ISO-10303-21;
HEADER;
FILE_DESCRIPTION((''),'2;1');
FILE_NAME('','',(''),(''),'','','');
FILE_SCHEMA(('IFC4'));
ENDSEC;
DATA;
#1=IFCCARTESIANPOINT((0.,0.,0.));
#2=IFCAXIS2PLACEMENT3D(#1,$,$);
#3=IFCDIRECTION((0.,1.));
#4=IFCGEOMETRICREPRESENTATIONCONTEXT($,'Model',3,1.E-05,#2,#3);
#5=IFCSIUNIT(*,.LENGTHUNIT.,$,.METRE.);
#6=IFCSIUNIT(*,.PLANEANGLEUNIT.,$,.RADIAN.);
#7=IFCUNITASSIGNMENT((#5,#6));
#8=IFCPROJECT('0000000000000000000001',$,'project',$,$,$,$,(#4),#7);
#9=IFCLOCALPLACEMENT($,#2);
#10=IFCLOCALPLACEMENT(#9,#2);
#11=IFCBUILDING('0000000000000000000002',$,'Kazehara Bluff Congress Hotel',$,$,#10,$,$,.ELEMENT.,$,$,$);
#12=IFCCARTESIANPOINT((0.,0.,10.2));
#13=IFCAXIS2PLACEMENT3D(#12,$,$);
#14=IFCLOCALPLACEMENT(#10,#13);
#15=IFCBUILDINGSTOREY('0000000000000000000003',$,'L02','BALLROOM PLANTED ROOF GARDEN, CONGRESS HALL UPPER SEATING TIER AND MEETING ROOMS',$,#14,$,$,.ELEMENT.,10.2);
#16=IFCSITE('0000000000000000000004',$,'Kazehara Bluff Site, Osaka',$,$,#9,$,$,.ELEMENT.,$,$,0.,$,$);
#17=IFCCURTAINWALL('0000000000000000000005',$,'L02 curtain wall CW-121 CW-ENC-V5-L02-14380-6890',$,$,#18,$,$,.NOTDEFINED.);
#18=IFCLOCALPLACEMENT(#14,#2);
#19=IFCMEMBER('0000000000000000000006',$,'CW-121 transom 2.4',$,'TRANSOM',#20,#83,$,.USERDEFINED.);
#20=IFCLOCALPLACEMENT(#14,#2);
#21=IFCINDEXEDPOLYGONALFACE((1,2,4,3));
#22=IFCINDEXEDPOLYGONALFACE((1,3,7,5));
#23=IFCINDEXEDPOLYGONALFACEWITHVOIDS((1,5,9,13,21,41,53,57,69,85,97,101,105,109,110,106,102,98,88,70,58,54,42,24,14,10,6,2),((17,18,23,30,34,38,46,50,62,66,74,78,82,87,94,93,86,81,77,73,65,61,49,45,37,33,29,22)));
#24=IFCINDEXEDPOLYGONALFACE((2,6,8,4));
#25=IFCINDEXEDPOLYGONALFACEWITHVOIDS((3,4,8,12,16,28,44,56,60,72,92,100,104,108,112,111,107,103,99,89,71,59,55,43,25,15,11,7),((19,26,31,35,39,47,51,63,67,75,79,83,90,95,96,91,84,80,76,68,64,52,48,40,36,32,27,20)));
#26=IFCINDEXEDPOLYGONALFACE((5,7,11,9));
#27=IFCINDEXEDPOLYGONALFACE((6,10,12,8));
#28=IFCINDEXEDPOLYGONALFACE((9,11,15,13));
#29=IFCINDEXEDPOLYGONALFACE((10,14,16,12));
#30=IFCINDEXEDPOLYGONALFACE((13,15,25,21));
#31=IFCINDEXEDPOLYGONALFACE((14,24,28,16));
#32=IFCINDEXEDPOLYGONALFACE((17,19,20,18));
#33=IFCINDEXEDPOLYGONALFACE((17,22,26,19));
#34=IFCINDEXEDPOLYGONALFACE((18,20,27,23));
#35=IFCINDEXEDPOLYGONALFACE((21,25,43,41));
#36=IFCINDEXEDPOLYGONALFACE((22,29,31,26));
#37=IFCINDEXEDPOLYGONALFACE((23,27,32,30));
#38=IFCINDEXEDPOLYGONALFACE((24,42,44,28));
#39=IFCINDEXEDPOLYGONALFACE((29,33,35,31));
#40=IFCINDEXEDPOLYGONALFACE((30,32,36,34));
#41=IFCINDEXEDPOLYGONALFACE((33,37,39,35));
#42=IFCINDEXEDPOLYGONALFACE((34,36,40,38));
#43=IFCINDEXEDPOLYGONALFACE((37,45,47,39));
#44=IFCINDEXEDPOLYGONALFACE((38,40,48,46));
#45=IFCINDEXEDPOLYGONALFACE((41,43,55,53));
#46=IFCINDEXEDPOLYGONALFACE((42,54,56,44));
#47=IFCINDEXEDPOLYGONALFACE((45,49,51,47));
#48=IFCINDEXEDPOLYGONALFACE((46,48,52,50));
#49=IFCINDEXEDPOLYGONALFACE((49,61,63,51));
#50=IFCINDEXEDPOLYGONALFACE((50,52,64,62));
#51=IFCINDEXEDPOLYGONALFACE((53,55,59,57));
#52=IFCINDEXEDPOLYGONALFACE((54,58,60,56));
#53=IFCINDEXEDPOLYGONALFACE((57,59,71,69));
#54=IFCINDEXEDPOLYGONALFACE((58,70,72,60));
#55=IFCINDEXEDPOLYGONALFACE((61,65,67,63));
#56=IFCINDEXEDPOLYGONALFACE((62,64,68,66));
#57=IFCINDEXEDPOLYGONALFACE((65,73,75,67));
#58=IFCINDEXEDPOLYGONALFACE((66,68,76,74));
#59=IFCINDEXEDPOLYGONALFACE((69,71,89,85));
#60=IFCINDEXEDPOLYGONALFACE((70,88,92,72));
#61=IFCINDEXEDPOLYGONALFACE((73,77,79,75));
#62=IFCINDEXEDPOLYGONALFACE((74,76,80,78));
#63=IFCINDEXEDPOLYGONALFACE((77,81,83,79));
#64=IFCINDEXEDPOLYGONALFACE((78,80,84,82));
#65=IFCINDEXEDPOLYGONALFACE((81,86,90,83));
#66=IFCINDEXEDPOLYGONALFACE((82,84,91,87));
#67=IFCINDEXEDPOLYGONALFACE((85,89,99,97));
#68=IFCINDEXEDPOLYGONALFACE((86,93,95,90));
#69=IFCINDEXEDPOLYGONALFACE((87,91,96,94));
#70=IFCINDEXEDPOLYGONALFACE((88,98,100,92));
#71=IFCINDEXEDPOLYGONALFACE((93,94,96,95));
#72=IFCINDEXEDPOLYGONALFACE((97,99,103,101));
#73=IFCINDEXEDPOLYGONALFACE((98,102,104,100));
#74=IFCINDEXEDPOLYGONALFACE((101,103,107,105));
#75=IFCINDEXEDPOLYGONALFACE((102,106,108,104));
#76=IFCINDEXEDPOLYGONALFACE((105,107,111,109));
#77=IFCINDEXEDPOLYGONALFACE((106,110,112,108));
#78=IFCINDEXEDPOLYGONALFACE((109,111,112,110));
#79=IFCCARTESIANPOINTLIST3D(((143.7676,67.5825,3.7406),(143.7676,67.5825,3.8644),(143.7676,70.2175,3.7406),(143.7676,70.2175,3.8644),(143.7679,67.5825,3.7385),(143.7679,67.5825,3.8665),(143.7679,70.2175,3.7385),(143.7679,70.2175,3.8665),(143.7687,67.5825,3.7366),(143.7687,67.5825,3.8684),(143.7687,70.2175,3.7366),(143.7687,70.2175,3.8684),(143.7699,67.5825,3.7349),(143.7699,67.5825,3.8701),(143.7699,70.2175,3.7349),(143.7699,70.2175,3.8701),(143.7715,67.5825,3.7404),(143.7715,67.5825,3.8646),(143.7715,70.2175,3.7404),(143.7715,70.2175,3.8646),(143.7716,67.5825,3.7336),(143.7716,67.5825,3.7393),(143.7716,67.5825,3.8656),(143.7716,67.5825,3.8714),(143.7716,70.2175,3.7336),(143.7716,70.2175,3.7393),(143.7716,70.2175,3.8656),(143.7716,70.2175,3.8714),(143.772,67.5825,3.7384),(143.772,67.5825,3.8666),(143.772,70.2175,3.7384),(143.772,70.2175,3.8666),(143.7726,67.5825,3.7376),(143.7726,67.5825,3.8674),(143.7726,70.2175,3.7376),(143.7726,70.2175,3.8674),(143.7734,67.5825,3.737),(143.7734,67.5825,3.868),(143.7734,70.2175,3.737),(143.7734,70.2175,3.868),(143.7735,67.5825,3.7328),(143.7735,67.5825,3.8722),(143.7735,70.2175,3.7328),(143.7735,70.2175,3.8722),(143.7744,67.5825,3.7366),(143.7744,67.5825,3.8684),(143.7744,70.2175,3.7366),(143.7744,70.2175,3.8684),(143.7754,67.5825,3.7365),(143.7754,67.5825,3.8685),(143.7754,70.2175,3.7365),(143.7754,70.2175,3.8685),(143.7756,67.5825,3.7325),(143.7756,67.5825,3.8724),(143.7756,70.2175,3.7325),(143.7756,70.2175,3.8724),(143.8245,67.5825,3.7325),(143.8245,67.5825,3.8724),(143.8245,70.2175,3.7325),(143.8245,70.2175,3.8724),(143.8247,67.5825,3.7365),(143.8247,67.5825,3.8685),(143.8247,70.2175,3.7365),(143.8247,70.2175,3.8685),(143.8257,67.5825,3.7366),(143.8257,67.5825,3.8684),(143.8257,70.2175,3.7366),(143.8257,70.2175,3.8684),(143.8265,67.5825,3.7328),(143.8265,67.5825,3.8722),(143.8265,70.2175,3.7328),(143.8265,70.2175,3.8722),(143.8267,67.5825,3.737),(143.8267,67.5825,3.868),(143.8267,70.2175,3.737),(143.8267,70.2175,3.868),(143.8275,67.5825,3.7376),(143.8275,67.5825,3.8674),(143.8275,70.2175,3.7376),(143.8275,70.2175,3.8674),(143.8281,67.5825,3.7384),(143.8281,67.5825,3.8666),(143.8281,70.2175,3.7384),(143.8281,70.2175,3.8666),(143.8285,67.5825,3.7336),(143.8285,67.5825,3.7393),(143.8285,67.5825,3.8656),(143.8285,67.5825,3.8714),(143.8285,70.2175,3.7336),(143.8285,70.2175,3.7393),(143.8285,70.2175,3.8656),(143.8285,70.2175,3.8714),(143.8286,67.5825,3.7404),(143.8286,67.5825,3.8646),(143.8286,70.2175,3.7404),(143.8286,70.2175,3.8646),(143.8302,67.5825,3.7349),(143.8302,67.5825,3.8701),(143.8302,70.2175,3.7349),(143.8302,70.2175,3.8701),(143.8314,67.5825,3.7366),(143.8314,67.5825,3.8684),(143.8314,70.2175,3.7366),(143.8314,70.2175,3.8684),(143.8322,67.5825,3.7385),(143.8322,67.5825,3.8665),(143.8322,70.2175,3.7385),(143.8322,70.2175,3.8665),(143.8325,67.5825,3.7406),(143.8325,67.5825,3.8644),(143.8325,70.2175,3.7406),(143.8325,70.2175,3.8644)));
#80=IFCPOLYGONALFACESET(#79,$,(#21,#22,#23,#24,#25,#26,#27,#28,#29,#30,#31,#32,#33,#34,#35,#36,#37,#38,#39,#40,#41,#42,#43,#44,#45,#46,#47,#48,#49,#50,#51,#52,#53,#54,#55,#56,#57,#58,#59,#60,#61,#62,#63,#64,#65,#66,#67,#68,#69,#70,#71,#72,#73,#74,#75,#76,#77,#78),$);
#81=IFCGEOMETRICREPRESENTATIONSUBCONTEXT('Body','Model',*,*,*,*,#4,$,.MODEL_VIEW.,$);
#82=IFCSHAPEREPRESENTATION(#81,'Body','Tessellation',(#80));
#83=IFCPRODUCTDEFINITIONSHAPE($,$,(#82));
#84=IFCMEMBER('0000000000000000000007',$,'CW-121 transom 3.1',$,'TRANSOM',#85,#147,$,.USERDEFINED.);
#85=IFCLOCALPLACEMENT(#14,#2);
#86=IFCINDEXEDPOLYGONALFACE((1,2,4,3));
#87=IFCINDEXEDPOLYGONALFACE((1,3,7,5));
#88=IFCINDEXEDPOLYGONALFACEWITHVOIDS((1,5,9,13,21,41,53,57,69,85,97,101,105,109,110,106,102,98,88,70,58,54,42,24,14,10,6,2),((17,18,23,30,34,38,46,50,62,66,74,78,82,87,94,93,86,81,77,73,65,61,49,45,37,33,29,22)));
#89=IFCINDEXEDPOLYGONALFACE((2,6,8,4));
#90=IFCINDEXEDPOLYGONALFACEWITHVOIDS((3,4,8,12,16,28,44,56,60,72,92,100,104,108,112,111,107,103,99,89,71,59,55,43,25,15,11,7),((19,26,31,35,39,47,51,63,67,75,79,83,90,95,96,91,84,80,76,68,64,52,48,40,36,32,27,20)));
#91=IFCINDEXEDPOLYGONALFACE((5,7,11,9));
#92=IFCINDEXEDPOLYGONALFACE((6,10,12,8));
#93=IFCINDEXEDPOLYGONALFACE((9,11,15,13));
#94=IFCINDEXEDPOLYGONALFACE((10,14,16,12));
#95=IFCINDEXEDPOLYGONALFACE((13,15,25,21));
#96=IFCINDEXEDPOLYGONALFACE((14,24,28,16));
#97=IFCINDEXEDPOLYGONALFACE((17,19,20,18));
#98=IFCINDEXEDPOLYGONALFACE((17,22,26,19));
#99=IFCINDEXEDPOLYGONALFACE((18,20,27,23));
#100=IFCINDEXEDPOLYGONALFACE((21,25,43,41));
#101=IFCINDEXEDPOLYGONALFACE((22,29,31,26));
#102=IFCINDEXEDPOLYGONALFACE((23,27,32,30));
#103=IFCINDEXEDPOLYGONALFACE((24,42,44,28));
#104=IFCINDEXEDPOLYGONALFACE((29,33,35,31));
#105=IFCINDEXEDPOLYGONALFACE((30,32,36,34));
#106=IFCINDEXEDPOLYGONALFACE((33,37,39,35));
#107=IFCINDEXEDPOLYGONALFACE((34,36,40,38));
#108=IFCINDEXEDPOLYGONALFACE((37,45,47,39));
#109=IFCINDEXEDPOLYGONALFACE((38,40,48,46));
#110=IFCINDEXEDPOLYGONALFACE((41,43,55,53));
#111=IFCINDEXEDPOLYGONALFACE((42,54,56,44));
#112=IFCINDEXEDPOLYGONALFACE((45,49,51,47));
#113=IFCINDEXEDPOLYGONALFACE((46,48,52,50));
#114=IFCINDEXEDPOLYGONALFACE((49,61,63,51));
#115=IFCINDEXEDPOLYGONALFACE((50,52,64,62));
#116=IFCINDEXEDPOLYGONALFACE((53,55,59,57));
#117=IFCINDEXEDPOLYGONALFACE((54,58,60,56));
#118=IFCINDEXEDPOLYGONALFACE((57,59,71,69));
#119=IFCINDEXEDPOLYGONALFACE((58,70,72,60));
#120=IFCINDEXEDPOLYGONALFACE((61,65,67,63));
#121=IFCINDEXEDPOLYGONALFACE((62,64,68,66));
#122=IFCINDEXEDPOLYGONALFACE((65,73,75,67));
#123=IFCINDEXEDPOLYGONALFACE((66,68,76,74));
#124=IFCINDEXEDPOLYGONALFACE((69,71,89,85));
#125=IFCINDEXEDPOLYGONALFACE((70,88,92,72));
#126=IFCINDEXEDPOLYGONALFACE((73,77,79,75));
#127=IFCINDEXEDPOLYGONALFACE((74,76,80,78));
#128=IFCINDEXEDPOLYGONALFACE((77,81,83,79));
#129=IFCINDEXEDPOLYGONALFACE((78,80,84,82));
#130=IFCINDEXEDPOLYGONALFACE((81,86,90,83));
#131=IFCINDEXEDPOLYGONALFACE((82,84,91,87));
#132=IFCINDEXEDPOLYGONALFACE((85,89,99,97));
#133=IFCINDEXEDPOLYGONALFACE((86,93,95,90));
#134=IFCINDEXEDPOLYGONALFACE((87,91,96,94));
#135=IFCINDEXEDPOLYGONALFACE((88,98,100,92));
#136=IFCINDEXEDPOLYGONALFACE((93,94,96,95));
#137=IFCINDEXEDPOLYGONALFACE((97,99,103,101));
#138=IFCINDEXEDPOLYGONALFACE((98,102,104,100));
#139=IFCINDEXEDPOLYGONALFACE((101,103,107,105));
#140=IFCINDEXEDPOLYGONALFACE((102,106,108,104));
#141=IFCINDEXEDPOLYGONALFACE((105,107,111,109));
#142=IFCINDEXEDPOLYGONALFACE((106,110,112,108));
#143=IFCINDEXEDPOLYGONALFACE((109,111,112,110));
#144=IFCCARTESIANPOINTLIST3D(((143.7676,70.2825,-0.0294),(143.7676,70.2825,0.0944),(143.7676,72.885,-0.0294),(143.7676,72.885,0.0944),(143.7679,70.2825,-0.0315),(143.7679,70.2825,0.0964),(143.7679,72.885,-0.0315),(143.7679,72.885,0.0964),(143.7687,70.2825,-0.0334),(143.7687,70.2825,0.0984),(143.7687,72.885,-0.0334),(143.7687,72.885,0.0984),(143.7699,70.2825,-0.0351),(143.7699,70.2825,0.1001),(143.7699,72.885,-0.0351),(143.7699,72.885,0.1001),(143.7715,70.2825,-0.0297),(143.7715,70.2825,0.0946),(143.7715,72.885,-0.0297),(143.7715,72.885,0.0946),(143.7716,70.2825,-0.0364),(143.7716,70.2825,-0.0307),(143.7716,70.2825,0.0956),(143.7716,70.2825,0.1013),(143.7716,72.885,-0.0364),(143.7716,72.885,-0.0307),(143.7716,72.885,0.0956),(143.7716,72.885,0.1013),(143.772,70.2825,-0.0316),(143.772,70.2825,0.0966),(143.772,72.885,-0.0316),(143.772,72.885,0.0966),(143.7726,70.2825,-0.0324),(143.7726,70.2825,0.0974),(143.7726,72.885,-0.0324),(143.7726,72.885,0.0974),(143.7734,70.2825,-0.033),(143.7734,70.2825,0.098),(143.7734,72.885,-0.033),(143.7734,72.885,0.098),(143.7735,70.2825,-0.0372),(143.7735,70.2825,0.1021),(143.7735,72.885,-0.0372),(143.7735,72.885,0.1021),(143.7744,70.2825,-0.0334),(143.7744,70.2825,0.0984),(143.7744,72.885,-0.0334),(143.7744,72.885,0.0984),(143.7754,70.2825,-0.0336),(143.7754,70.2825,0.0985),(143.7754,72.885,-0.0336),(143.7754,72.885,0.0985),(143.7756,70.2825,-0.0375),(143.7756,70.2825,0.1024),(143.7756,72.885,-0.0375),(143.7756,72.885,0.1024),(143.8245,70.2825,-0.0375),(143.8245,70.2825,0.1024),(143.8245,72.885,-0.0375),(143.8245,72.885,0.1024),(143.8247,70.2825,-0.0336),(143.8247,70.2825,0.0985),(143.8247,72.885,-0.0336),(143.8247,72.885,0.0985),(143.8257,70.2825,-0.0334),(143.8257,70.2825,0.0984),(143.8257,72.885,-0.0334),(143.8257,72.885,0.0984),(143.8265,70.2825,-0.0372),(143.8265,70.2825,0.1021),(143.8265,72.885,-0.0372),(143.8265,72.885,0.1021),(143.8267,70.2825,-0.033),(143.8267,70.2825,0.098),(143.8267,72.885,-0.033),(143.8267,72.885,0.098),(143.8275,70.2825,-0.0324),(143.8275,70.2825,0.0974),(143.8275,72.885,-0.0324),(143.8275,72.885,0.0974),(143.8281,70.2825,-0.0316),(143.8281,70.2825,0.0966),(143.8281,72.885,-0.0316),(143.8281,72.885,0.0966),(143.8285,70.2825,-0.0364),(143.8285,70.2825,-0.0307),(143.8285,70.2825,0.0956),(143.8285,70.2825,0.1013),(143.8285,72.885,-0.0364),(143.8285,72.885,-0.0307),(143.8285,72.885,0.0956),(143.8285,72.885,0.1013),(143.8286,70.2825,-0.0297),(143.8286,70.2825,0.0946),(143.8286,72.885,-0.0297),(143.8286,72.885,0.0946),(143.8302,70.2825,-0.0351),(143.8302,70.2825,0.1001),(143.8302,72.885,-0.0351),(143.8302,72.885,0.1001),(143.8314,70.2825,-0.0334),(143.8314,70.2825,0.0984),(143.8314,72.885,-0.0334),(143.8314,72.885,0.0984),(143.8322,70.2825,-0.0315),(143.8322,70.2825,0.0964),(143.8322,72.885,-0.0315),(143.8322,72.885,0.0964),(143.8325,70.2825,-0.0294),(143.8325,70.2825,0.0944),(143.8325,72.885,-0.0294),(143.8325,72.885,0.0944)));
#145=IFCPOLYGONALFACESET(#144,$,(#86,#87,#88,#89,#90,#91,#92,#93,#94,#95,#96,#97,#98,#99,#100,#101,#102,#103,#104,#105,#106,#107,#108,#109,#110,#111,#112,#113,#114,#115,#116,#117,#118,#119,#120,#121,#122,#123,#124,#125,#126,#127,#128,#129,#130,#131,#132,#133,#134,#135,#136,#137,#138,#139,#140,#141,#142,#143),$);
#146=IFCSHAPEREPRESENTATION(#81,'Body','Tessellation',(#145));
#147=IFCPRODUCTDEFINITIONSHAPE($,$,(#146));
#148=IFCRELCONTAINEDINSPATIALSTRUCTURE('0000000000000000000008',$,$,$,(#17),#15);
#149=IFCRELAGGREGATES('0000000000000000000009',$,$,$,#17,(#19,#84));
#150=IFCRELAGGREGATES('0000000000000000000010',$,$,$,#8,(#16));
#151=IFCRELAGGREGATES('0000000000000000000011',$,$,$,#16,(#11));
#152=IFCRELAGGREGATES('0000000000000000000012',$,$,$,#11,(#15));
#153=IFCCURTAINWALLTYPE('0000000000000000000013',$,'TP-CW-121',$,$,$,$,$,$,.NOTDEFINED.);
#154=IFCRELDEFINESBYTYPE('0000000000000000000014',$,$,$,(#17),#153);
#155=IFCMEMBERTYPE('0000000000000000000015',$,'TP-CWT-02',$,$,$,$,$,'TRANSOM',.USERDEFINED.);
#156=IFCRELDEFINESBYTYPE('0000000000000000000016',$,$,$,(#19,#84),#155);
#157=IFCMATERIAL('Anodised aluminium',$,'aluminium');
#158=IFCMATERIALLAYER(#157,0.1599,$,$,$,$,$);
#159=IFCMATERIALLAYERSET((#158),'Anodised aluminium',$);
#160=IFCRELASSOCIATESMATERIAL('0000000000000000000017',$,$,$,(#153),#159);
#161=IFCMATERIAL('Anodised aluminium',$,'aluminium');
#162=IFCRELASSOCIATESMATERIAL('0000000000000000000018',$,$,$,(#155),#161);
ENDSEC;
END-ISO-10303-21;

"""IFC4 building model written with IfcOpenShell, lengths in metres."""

from ifc_helpers import new_model, si_unit, direction, frame, origin, origin_2d, place, context, subcontext, project, spatial, hollow_rectangle, extrude, material, layer, layer_set, material_profile, profile_set, type_object, element, aggregate, save


model = new_model("IFC4")

# Units and contexts
model_context = context("Model", 3, precision=1e-05, world=origin(), true_north=direction((0.0, 1.0)))
body_context = subcontext(model_context, "Body", "Model", "MODEL_VIEW")
ifc_project = project(units=[si_unit("LENGTHUNIT", "METRE"), si_unit("PLANEANGLEUNIT", "RADIAN")], contexts=[model_context])

# Site, building, storey
site_placement = place(None, origin())
site = spatial("IfcSite", under=ifc_project, at=site_placement, Name="Kazehara Bluff Site, Osaka", CompositionType="ELEMENT", RefElevation=0.0)
building_placement = place(site_placement, origin())
building = spatial("IfcBuilding", under=site, at=building_placement, Name="Kazehara Bluff Congress Hotel", CompositionType="ELEMENT")
storey_placement = place(building_placement, frame((0.0, 0.0, 10.2)))
storey = spatial("IfcBuildingStorey", under=building, at=storey_placement, Name="L02", Description="BALLROOM PLANTED ROOF GARDEN, CONGRESS HALL UPPER SEATING TIER AND MEETING ROOMS", CompositionType="ELEMENT", Elevation=10.2)

# Curtain wall, members
ifc_material_1 = material(Name="Anodised aluminium", Category="aluminium")
ifc_layer_1 = layer(ifc_material_1, 0.1599)
ifc_layer_set_1 = layer_set([ifc_layer_1], Name="Anodised aluminium")
curtain_wall_type_1 = type_object("IfcCurtainWallType", Name="TP-CW-121", PredefinedType="NOTDEFINED", material=ifc_layer_set_1)
curtain_wall_1_placement = place(storey_placement, origin())
curtain_wall_1 = element("IfcCurtainWall", 1, at=curtain_wall_1_placement, inside=storey, type_object=curtain_wall_type_1, Name="L02 curtain wall CW-121 CW-ENC-V5-L02-14380-6890", PredefinedType="NOTDEFINED")
ifc_material_2 = material(Name="Anodised aluminium", Category="aluminium")
ifc_material_profile_1 = material_profile(ifc_material_2, hollow_rectangle(XDim=0.0649, YDim=0.1399, WallThickness=0.0039, InnerFilletRadius=0.0039, OuterFilletRadius=0.0081, at=origin_2d()))
ifc_profile_set_1 = profile_set([ifc_material_profile_1], Name="Anodised aluminium")
member_type_1 = type_object("IfcMemberType", Name="TP-CWT-02", ElementType="TRANSOM", PredefinedType="USERDEFINED", material=ifc_profile_set_1)
member_1_placement = place(storey_placement, frame((143.8, 67.5825, 3.8025), z_axis=(0.0, 1.0, 0.0), x_axis=(-1.0, 0.0, 0.0)))
member_1 = element("IfcMember", 2, at=member_1_placement, type_object=member_type_1, Name="CW-121 transom 2.4", ObjectType="TRANSOM", PredefinedType="USERDEFINED", context=body_context, shape_type="SweptSolid", body=[
    extrude(hollow_rectangle(XDim=0.0649, YDim=0.1399, WallThickness=0.0039, InnerFilletRadius=0.0039, OuterFilletRadius=0.0081, at=origin_2d()), origin(), (0.0, 0.0, 1.0), 2.635),
])
member_2_placement = place(storey_placement, frame((143.8, 70.2825, 0.0325), z_axis=(0.0, 1.0, 0.0), x_axis=(-1.0, 0.0, 0.0)))
member_2 = element("IfcMember", 3, at=member_2_placement, type_object=member_type_1, Name="CW-121 transom 3.1", ObjectType="TRANSOM", PredefinedType="USERDEFINED", context=body_context, shape_type="SweptSolid", body=[
    extrude(hollow_rectangle(XDim=0.0649, YDim=0.1399, WallThickness=0.0039, InnerFilletRadius=0.0039, OuterFilletRadius=0.0081, at=origin_2d()), origin(), (0.0, 0.0, 1.0), 2.6025),
])

aggregate(curtain_wall_1, [member_1, member_2])

save(model, "model.ifc")
